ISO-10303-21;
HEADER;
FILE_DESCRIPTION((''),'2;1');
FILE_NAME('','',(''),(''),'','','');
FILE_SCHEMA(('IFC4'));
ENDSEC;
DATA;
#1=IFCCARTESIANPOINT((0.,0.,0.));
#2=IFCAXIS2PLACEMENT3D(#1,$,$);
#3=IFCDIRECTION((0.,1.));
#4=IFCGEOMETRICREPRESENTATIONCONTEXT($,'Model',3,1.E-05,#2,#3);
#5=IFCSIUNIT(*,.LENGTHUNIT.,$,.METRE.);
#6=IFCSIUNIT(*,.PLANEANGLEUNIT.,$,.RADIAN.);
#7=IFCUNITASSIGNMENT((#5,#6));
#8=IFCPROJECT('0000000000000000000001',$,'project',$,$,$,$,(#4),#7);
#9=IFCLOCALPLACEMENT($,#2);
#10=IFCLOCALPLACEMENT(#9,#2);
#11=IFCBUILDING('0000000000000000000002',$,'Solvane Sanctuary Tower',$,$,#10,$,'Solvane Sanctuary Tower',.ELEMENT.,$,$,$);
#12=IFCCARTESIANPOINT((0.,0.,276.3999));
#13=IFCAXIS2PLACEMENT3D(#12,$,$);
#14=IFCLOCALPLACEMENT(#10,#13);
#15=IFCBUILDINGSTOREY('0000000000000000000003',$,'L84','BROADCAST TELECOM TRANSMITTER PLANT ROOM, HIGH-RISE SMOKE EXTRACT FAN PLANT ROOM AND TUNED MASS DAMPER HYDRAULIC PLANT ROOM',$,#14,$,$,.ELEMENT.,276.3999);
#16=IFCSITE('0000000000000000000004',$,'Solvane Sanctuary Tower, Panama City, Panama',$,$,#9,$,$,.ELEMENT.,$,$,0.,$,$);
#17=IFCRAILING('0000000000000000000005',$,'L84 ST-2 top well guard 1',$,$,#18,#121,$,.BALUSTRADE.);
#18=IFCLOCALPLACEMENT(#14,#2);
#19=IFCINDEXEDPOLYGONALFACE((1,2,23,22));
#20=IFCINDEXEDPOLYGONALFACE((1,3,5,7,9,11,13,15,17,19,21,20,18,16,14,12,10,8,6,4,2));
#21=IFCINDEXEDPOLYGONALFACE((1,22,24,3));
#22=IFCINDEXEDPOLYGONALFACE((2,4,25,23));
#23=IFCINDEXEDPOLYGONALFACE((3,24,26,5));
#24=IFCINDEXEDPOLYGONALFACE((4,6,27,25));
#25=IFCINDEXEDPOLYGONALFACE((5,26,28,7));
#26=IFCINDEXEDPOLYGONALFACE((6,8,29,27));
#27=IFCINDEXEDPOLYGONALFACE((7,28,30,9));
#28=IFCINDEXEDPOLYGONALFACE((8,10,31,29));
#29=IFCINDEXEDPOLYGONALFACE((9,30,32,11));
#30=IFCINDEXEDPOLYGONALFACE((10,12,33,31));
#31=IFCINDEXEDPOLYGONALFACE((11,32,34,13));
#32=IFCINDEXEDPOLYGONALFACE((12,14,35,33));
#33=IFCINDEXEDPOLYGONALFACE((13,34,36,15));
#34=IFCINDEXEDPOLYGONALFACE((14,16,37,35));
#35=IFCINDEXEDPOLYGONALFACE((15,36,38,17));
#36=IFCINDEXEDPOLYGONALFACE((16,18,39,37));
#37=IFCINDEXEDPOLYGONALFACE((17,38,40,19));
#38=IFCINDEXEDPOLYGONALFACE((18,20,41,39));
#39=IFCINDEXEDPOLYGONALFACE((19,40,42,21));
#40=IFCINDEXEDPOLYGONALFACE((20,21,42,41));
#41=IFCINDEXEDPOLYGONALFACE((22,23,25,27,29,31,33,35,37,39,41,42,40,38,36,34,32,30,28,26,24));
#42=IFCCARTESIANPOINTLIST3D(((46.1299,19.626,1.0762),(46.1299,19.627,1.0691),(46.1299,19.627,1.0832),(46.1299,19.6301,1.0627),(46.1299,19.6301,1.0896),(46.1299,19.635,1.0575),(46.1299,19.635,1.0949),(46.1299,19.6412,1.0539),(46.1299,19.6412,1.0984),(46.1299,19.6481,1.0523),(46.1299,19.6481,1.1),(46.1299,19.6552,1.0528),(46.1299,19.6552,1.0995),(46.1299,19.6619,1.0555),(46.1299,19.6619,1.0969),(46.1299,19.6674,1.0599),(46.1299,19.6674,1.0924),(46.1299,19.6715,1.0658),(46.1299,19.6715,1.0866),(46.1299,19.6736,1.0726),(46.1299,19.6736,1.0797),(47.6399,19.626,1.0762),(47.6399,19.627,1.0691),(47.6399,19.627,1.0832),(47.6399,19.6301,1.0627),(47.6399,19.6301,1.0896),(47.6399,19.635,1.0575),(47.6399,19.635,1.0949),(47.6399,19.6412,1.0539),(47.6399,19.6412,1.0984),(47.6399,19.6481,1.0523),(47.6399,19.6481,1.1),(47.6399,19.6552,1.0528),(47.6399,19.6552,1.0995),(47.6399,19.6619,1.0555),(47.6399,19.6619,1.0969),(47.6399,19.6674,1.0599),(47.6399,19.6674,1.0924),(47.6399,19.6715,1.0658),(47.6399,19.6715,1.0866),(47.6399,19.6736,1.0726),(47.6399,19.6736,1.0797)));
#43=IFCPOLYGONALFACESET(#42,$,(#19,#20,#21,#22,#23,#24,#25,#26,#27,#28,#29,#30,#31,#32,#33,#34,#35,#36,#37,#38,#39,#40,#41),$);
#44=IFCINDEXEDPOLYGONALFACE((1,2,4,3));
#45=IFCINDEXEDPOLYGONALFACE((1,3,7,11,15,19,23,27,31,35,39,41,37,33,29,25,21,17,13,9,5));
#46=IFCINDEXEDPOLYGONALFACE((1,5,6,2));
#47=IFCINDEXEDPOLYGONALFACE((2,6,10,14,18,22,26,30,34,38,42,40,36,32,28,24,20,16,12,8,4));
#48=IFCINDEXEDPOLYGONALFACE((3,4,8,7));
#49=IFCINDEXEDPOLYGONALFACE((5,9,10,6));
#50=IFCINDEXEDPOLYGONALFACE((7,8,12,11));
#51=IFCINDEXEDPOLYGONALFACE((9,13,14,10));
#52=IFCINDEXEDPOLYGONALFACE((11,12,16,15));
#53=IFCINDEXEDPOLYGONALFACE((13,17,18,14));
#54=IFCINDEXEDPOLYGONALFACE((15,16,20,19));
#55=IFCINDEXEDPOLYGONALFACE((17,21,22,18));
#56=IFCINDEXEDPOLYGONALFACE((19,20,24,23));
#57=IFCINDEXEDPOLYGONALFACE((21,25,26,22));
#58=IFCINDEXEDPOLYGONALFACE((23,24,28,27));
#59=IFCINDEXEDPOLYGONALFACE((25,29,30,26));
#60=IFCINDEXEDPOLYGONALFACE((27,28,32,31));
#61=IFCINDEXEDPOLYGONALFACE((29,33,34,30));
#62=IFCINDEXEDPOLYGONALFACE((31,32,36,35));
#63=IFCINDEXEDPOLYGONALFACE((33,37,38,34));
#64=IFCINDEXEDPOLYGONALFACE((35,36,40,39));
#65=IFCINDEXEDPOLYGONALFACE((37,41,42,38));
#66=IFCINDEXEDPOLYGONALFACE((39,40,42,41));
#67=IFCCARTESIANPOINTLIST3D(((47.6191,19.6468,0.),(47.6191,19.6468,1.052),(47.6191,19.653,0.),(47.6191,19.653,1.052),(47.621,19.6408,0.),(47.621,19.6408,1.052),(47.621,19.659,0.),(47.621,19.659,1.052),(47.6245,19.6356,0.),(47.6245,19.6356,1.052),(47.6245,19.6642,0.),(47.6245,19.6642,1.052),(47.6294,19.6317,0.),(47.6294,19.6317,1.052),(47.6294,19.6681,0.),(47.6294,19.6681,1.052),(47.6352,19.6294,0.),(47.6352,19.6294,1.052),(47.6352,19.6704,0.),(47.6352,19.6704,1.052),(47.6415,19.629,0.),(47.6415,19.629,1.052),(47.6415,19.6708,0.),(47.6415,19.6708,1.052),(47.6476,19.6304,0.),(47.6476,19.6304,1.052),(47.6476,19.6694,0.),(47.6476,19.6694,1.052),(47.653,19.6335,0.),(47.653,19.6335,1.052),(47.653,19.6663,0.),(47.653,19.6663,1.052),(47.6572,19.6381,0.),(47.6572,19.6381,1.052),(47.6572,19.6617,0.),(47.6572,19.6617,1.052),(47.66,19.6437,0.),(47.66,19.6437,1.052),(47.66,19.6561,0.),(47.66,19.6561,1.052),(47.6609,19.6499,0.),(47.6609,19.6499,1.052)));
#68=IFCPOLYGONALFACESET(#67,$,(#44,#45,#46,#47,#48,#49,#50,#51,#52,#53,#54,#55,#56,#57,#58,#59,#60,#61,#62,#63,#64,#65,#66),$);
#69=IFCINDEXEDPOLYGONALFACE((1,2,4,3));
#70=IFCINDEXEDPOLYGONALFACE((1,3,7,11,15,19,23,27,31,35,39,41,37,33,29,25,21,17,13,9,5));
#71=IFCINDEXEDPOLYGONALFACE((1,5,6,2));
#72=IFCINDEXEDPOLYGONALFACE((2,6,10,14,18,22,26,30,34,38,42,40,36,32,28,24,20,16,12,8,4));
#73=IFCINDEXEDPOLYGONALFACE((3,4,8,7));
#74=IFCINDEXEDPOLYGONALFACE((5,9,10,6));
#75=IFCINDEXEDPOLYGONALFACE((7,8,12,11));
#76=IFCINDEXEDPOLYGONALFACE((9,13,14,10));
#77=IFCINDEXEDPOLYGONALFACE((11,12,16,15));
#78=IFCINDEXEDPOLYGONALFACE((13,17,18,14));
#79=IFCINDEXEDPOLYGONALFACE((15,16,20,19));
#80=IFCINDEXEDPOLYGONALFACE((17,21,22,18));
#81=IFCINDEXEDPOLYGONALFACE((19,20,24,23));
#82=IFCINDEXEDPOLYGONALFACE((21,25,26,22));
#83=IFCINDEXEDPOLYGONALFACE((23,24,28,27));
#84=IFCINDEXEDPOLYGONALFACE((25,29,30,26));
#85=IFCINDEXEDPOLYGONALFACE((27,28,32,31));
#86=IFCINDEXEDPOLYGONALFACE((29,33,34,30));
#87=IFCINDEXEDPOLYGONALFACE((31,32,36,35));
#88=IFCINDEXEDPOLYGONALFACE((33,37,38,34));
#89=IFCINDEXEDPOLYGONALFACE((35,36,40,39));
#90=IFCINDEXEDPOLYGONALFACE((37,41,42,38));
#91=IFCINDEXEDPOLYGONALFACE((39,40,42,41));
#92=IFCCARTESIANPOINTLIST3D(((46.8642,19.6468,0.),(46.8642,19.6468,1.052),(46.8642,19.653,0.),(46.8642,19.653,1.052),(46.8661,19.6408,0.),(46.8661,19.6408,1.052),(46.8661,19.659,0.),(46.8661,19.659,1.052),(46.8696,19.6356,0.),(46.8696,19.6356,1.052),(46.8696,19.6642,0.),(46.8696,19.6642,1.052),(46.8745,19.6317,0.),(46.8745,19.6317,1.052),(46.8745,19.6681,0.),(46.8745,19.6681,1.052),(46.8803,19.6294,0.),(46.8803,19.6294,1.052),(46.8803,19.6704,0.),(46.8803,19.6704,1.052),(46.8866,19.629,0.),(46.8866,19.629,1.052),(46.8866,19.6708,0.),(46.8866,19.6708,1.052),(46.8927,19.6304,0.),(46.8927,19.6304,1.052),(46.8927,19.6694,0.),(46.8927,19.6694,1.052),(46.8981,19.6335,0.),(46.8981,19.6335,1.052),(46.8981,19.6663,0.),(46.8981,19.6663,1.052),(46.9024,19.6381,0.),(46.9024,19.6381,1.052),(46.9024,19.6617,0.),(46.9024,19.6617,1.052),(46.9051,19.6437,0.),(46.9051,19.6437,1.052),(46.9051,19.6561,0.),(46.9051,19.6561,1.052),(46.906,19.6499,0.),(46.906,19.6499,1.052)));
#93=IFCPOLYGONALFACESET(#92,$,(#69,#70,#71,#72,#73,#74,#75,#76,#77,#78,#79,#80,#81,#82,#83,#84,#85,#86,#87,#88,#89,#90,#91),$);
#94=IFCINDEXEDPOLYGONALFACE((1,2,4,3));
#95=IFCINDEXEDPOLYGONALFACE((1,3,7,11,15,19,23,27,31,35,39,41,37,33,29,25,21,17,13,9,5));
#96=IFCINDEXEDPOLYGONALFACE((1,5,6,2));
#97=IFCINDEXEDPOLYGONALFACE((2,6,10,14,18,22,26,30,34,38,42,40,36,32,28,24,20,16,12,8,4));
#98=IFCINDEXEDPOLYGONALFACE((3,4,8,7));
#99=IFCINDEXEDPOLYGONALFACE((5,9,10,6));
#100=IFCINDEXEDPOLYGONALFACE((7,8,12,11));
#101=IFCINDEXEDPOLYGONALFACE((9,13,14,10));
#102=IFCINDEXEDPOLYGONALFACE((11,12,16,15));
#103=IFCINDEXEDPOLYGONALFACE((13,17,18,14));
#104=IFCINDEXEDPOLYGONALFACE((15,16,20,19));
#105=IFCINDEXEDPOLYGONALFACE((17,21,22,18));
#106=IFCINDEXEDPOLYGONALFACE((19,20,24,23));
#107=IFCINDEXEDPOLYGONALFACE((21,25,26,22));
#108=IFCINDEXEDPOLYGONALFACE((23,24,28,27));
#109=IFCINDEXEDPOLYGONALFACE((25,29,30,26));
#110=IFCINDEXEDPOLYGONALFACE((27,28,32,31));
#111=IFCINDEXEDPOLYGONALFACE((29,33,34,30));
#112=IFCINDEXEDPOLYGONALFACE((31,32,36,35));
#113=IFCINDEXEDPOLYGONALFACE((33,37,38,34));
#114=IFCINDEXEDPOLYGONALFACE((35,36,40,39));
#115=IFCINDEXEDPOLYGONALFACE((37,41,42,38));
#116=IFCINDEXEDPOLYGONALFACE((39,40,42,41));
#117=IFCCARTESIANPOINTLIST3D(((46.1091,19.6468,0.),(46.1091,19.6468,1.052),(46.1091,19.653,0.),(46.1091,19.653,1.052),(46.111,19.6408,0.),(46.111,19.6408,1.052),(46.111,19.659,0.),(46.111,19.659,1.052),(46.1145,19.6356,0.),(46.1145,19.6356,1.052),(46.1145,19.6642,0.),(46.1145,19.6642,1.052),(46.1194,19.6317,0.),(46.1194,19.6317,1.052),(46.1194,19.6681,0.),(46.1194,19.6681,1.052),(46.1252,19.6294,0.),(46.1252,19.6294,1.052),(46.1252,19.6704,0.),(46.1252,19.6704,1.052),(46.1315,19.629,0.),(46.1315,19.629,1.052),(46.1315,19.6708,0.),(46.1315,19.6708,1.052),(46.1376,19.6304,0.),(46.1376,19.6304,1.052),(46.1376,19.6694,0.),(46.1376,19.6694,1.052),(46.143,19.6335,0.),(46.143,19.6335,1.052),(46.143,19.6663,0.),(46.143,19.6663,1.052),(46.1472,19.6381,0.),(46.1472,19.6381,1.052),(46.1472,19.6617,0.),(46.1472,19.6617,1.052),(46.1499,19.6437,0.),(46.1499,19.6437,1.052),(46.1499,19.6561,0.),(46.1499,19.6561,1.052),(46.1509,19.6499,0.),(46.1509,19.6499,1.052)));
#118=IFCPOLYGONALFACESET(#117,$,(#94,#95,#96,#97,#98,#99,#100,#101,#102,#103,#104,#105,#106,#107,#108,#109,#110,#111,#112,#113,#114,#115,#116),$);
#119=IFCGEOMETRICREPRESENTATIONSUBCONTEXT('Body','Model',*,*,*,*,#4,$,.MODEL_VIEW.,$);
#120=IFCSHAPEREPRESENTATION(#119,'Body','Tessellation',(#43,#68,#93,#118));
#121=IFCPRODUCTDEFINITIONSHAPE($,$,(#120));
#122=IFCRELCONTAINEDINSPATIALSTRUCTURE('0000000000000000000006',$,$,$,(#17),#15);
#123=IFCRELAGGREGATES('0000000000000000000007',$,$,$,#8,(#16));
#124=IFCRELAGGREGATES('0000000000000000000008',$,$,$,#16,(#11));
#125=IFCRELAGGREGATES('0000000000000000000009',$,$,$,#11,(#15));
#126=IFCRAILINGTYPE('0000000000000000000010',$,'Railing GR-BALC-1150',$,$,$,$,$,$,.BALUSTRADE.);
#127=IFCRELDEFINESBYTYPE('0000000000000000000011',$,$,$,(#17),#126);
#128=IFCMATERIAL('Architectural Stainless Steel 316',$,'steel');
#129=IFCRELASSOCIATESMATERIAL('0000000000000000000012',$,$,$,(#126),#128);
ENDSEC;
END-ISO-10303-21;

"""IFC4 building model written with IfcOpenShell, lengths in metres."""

from ifc_helpers import new_model, si_unit, direction, frame, origin, origin_2d, place, context, subcontext, project, spatial, circle, extrude, material, type_object, element, save


model = new_model("IFC4")

# Units and contexts
model_context = context("Model", 3, precision=1e-05, world=origin(), true_north=direction((0.0, 1.0)))
body_context = subcontext(model_context, "Body", "Model", "MODEL_VIEW")
ifc_project = project(units=[si_unit("LENGTHUNIT", "METRE"), si_unit("PLANEANGLEUNIT", "RADIAN")], contexts=[model_context])

# Site, building, storey
site_placement = place(None, origin())
site = spatial("IfcSite", under=ifc_project, at=site_placement, Name="Solvane Sanctuary Tower, Panama City, Panama", CompositionType="ELEMENT", RefElevation=0.0)
building_placement = place(site_placement, origin())
building = spatial("IfcBuilding", under=site, at=building_placement, Name="Solvane Sanctuary Tower", LongName="Solvane Sanctuary Tower", CompositionType="ELEMENT")
storey_placement = place(building_placement, frame((0.0, 0.0, 276.3999)))
storey = spatial("IfcBuildingStorey", under=building, at=storey_placement, Name="L84", Description="BROADCAST TELECOM TRANSMITTER PLANT ROOM, HIGH-RISE SMOKE EXTRACT FAN PLANT ROOM AND TUNED MASS DAMPER HYDRAULIC PLANT ROOM", CompositionType="ELEMENT", Elevation=276.3999)

# Shared definitions
ifc_material_1 = material(Name="Architectural Stainless Steel 316", Category="steel")

# Railing
railing_type = type_object("IfcRailingType", Name="Railing GR-BALC-1150", PredefinedType="BALUSTRADE", material=ifc_material_1)
railing_1_placement = place(storey_placement, frame((47.6399, 19.6499, 0.0)))
element("IfcRailing", 1, at=railing_1_placement, inside=storey, type_object=railing_type, Name="L84 ST-2 top well guard 1", PredefinedType="BALUSTRADE", context=body_context, shape_type="SweptSolid", body=[
    extrude(circle(Radius=0.0239, at=origin_2d()), frame((0.0, 0.0, 1.0762), z_axis=(-1.0, 0.0, 0.0), x_axis=(0.0, -1.0, 0.0)), (0.0, 0.0, 1.0), 1.51),
    extrude(circle(Radius=0.021, at=origin_2d()), origin(), (0.0, 0.0, 1.0), 1.052),
    extrude(circle(Radius=0.021, at=origin_2d()), frame((-0.7549, 0.0, 0.0)), (0.0, 0.0, 1.0), 1.052),
    extrude(circle(Radius=0.021, at=origin_2d()), frame((-1.51, 0.0, 0.0)), (0.0, 0.0, 1.0), 1.052),
])

save(model, "model.ifc")
